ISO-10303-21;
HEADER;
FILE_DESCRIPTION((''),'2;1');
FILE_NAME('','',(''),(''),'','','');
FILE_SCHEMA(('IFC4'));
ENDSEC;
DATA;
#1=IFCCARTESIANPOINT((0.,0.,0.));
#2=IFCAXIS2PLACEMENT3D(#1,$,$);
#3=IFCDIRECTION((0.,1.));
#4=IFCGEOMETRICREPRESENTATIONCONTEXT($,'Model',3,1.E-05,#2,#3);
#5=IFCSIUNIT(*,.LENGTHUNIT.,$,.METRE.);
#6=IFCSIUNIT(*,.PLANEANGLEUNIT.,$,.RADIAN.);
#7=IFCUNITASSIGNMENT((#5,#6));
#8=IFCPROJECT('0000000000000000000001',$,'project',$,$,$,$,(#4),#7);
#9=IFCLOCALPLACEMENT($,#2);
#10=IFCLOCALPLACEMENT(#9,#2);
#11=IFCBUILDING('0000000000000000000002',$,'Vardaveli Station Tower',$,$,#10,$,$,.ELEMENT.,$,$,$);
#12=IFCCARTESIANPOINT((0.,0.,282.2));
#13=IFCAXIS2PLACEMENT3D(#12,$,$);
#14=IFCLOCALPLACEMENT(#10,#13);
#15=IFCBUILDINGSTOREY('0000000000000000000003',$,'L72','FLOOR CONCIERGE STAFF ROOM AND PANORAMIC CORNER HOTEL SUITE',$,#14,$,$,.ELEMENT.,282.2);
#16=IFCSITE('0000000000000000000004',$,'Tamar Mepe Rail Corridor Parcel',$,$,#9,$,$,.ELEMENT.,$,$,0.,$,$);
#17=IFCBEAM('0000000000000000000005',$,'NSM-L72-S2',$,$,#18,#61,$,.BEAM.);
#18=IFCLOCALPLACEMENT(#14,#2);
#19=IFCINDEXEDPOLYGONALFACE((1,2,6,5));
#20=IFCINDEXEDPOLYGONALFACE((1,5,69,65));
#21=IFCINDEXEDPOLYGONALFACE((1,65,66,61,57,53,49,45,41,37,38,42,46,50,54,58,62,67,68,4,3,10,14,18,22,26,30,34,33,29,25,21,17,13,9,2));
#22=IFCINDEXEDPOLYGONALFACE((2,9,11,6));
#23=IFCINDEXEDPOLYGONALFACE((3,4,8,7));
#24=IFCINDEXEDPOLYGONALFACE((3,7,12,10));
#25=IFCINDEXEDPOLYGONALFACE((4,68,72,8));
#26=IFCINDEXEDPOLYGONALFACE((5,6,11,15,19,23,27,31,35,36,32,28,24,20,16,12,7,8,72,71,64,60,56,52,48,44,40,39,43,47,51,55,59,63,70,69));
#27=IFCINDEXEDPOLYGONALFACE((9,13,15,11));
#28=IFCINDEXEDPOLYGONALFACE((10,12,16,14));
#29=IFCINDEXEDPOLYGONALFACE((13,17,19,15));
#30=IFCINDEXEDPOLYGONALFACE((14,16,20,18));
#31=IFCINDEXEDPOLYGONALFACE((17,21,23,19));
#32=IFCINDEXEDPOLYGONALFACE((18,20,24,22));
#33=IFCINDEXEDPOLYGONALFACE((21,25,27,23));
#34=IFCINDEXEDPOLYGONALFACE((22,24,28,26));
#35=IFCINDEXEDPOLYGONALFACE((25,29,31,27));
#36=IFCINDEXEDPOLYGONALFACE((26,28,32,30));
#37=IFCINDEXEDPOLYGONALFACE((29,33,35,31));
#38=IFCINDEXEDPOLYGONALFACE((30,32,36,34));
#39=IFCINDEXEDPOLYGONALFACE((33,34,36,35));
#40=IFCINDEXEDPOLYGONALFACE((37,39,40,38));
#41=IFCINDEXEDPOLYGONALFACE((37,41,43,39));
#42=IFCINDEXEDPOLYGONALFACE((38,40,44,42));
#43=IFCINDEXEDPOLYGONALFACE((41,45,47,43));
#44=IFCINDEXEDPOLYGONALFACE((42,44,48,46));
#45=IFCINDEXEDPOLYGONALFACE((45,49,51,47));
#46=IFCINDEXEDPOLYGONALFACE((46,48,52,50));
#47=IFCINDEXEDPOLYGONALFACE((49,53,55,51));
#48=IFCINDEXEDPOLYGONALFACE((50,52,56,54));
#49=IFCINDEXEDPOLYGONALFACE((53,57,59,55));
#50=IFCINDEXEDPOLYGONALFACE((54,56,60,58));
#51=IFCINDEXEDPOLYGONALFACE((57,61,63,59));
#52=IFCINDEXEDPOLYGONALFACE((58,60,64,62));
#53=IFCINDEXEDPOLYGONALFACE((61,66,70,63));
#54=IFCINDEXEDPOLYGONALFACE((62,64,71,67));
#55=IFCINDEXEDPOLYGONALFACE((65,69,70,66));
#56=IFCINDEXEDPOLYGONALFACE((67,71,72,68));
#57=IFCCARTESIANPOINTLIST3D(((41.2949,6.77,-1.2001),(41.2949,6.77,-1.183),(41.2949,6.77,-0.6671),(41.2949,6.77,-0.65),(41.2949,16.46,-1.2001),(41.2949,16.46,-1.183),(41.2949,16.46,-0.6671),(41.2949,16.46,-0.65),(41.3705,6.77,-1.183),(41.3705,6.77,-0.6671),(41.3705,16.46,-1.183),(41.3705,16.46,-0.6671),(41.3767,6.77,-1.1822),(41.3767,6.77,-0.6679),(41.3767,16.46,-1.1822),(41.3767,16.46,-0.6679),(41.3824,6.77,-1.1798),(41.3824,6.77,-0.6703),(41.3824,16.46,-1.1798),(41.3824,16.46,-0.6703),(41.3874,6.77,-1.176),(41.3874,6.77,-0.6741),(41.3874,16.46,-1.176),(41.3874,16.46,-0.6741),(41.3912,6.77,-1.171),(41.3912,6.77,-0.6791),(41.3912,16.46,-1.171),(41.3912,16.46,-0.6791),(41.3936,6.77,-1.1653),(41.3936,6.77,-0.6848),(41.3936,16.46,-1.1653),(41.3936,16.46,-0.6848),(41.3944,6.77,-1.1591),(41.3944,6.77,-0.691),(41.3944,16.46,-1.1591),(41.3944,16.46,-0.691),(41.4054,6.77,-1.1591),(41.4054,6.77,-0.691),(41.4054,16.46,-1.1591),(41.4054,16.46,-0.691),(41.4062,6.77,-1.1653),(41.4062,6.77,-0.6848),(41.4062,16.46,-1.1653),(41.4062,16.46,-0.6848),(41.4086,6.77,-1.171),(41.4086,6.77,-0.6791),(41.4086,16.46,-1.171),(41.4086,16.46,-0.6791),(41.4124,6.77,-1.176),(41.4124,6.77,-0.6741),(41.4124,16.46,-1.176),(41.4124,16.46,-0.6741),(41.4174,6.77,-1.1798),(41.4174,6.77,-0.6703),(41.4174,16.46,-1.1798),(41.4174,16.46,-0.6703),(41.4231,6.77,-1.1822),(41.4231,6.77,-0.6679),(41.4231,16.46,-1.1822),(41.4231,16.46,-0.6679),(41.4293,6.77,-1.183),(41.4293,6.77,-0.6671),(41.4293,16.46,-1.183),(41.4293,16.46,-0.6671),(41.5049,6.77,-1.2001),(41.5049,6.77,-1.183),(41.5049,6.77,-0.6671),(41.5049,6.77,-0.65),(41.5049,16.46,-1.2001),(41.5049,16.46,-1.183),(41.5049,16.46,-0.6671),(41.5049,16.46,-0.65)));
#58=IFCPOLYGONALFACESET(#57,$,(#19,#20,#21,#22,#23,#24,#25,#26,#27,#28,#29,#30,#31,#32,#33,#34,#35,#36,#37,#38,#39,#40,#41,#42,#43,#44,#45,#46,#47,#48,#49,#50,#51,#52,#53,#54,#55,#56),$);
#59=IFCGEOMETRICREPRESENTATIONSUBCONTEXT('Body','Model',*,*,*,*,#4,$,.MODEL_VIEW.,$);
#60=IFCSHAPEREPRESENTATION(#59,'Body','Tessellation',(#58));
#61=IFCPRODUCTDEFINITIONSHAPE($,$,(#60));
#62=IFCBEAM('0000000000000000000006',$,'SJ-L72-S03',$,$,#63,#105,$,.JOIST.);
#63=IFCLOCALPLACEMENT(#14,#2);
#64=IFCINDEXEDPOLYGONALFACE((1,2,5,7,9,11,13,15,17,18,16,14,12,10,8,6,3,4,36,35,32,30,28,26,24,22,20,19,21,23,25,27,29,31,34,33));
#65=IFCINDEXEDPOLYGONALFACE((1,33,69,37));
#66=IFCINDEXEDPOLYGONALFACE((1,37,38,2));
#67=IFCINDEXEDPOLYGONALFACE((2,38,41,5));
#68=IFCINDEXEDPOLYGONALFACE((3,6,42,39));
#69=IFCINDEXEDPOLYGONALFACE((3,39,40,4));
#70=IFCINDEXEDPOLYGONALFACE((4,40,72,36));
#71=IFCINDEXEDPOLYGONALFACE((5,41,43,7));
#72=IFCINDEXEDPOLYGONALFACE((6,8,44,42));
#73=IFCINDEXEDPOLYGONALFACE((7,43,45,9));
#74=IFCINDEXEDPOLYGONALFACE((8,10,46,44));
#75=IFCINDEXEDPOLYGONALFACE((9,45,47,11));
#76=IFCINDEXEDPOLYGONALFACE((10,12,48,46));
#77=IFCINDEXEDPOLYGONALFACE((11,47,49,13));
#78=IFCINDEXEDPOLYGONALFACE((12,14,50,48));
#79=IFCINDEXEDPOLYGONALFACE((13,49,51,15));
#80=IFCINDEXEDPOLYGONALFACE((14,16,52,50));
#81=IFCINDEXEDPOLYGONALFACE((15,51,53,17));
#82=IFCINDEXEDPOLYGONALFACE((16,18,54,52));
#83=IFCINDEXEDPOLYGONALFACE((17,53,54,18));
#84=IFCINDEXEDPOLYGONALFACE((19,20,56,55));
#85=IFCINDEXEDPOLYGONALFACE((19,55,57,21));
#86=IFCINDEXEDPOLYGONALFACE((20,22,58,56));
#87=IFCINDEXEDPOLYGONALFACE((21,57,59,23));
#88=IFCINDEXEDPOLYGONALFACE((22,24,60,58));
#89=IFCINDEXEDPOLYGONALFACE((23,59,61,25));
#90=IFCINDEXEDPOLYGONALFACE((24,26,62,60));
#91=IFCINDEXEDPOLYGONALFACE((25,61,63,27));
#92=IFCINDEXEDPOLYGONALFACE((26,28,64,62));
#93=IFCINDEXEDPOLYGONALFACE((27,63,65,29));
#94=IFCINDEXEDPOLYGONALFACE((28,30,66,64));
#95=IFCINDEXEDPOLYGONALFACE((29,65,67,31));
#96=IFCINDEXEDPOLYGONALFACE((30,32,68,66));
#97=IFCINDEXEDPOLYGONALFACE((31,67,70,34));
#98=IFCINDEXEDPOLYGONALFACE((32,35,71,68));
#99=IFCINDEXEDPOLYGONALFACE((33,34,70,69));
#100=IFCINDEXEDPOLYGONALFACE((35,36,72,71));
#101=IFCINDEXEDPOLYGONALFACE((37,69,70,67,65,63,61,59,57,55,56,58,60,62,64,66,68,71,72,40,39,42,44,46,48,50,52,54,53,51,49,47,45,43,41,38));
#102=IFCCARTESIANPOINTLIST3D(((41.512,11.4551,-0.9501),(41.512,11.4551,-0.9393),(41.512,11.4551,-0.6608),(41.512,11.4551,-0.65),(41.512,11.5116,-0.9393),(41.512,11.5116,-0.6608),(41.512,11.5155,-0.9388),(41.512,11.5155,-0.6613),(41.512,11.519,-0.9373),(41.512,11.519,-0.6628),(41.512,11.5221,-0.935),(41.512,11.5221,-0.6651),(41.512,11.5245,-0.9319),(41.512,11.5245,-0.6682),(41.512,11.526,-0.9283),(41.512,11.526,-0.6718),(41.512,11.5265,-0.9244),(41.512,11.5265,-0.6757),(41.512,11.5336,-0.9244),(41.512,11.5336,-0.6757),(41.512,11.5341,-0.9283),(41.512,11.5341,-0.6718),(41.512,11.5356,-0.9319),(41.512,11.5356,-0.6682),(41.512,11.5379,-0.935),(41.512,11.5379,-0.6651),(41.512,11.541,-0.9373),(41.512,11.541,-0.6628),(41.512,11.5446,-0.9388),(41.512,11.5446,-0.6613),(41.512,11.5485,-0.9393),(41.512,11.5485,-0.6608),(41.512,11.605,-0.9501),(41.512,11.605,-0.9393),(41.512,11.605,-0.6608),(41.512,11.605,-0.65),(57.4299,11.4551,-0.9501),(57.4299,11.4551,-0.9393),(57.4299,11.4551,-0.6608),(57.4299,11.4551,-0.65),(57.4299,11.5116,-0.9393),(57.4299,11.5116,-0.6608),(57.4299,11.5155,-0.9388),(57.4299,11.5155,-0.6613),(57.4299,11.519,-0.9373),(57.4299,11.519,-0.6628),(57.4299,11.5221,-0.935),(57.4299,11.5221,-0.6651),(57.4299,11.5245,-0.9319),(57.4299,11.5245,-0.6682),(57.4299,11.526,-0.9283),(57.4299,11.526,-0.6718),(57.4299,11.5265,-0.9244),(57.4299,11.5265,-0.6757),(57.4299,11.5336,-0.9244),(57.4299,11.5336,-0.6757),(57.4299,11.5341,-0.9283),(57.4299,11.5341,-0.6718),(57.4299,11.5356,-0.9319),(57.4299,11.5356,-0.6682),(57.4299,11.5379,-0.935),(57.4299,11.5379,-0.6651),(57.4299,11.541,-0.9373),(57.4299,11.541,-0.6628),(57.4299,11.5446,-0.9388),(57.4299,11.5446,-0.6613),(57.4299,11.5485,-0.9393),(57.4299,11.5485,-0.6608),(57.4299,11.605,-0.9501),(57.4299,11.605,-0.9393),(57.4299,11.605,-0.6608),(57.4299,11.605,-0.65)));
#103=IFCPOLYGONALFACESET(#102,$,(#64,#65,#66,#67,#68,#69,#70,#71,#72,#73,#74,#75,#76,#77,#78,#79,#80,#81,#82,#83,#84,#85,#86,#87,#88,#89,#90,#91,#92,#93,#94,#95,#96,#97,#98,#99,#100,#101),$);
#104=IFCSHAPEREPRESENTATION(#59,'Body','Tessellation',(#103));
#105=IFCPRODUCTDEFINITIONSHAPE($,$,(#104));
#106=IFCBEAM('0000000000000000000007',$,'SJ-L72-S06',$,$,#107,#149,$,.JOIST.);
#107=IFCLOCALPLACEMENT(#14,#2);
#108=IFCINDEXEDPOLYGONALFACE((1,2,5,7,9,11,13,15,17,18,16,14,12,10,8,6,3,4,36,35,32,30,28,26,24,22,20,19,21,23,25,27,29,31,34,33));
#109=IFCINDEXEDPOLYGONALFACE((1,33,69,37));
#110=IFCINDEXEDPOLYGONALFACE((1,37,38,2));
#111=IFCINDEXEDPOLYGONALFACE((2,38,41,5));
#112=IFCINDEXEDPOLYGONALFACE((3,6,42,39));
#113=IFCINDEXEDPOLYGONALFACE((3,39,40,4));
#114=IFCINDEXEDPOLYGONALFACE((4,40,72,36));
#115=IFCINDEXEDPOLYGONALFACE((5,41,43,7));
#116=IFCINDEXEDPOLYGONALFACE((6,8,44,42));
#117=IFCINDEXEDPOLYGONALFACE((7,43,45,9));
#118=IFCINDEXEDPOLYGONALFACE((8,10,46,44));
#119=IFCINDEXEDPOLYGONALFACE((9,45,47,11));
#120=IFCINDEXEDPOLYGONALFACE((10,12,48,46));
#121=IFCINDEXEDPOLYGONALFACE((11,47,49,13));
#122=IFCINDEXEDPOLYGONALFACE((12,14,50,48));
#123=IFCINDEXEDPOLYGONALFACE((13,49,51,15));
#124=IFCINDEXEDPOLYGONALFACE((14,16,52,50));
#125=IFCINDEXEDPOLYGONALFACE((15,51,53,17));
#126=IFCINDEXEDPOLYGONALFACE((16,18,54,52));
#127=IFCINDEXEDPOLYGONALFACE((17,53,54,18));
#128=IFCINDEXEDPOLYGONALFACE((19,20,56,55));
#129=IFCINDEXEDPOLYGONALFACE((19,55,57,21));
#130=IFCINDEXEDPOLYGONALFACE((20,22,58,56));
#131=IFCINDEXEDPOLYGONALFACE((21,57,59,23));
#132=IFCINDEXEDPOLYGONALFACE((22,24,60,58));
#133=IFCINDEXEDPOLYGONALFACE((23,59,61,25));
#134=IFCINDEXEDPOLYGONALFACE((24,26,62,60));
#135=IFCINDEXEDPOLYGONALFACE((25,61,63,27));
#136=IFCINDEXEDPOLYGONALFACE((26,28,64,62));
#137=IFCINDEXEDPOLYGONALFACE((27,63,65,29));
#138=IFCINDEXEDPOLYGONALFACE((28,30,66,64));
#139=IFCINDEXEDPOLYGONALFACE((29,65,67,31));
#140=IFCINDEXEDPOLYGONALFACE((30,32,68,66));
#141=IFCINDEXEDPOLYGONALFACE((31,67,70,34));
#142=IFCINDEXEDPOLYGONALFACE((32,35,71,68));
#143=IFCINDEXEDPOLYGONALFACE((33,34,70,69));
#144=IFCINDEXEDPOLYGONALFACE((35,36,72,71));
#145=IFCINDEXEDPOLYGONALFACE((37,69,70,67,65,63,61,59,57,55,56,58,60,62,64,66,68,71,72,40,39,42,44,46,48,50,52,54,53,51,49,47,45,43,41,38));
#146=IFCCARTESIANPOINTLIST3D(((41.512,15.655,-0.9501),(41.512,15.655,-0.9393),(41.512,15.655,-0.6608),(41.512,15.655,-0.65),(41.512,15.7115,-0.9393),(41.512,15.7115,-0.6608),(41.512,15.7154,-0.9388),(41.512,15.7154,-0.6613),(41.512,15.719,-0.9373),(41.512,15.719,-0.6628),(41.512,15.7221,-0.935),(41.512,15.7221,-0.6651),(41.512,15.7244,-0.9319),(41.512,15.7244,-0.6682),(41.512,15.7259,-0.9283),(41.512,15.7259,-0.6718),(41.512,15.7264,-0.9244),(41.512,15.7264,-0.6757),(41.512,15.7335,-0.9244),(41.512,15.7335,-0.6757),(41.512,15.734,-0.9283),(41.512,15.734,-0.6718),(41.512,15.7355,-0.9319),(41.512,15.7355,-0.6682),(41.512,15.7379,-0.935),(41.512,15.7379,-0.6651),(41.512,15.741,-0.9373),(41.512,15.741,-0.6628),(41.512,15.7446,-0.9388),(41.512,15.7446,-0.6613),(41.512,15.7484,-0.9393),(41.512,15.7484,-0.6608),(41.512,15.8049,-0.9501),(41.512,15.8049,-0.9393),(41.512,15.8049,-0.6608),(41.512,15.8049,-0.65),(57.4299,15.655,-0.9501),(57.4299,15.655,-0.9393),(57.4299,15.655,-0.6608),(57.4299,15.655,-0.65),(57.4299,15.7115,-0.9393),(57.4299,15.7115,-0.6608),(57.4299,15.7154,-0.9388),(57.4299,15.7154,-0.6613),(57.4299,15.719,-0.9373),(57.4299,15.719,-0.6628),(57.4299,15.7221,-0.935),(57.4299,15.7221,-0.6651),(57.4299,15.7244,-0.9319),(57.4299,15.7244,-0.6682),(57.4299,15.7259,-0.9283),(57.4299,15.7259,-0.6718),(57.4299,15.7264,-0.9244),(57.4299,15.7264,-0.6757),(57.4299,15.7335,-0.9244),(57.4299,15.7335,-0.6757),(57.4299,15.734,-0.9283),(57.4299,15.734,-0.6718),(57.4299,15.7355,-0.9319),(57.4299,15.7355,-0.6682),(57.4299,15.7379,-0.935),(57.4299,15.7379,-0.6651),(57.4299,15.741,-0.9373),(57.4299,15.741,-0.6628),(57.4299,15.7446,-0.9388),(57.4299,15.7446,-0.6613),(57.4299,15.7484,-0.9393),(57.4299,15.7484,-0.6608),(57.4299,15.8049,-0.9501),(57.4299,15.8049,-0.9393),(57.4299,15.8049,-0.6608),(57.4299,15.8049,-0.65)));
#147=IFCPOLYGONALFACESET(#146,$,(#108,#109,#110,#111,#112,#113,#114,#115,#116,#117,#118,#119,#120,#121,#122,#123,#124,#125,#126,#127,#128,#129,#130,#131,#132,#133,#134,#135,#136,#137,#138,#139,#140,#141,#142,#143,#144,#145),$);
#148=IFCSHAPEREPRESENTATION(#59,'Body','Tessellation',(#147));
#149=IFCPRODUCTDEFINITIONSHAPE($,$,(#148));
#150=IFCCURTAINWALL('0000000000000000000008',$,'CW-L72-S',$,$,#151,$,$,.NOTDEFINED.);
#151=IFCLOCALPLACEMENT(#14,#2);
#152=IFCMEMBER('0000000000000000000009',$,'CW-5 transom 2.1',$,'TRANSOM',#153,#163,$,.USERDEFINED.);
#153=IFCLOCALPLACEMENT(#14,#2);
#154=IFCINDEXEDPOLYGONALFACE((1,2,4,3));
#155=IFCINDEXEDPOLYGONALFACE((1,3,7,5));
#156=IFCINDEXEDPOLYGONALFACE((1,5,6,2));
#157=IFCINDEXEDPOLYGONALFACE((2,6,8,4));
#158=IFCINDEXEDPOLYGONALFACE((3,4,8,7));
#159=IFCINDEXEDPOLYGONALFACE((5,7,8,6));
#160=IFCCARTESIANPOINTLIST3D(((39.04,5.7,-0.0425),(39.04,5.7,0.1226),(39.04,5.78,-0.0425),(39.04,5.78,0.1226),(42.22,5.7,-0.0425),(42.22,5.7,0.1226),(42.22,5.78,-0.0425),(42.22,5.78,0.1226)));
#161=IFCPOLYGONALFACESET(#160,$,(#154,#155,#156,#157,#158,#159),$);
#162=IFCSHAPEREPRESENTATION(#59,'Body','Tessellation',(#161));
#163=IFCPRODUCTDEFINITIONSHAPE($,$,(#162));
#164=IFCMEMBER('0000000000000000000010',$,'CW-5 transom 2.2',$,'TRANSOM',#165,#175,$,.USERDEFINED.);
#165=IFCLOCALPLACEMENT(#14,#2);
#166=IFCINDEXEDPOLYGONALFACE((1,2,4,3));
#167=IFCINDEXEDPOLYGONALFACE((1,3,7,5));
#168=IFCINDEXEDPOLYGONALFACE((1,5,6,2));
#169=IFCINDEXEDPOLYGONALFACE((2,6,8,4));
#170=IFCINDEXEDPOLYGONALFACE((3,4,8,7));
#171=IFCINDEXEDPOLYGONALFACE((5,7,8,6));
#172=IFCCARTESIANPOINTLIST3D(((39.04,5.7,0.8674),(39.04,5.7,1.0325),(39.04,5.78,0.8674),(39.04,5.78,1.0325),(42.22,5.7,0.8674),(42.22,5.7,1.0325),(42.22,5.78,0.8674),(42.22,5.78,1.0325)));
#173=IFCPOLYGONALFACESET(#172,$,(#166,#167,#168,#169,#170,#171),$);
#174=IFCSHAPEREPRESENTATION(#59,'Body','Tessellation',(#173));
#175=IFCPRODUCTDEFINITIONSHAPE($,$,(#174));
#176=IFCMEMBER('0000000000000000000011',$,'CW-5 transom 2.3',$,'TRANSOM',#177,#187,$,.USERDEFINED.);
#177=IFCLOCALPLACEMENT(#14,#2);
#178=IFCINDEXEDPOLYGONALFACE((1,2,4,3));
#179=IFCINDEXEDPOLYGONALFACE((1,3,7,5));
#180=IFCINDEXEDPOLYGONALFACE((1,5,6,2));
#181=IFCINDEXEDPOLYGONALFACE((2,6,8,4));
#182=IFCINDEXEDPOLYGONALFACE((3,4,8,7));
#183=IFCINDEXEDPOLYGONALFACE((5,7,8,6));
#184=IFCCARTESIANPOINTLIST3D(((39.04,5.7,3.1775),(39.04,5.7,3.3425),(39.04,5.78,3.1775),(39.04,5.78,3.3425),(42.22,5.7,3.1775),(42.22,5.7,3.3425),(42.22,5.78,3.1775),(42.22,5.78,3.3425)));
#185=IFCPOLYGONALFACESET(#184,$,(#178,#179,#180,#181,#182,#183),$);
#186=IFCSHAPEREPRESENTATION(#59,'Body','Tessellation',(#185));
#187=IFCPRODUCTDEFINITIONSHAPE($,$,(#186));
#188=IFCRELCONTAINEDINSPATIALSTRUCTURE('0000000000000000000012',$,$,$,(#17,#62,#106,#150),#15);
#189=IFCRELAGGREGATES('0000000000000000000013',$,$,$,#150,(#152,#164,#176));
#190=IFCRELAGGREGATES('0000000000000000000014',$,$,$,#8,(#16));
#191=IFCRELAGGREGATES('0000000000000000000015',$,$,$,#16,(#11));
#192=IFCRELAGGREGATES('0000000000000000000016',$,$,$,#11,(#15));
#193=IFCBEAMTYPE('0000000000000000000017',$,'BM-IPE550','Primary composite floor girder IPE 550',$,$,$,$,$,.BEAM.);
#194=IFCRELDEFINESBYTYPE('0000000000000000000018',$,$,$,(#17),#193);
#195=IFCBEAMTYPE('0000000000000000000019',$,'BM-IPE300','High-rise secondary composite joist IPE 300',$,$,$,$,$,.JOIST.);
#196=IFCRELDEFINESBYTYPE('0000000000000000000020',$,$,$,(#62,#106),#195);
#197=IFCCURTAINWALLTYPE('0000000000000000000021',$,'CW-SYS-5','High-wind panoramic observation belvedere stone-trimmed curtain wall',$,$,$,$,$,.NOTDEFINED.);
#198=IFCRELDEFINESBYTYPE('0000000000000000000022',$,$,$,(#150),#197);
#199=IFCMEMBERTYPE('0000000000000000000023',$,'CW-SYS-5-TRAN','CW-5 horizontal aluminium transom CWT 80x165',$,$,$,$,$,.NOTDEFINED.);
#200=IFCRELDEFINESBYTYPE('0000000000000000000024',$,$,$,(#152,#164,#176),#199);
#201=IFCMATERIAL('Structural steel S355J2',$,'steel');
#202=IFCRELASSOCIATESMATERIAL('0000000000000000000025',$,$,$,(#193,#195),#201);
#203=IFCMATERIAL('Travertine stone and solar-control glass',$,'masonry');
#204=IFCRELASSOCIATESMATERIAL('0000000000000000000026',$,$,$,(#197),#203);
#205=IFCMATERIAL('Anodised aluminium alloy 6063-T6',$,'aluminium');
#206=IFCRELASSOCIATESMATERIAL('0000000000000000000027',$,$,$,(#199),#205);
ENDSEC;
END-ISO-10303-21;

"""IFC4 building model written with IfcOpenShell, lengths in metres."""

from ifc_helpers import new_model, si_unit, direction, frame, origin, origin_2d, place, context, subcontext, project, spatial, rectangle, i_section, extrude, source, transform, mapped, material, material_profile, profile_set, type_object, element, aggregate, save


model = new_model("IFC4")

# Units and contexts
model_context = context("Model", 3, precision=1e-05, world=origin(), true_north=direction((0.0, 1.0)))
body_context = subcontext(model_context, "Body", "Model", "MODEL_VIEW")
ifc_project = project(units=[si_unit("LENGTHUNIT", "METRE"), si_unit("PLANEANGLEUNIT", "RADIAN")], contexts=[model_context])

# Site, building, storey
site_placement = place(None, origin())
site = spatial("IfcSite", under=ifc_project, at=site_placement, Name="Tamar Mepe Rail Corridor Parcel", CompositionType="ELEMENT", RefElevation=0.0)
building_placement = place(site_placement, origin())
building = spatial("IfcBuilding", under=site, at=building_placement, Name="Vardaveli Station Tower", CompositionType="ELEMENT")
storey_placement = place(building_placement, frame((0.0, 0.0, 282.2)))
storey = spatial("IfcBuildingStorey", under=building, at=storey_placement, Name="L72", Description="FLOOR CONCIERGE STAFF ROOM AND PANORAMIC CORNER HOTEL SUITE", CompositionType="ELEMENT", Elevation=282.2)

# Beams
ifc_material_1 = material(Name="Structural steel S355J2", Category="steel")
ifc_material_profile_1 = material_profile(ifc_material_1, i_section(OverallWidth=0.21, OverallDepth=0.55, WebThickness=0.011, FlangeThickness=0.0171, FilletRadius=0.0239, at=origin_2d()), Name="IPE 550")
ifc_profile_set_1 = profile_set([ifc_material_profile_1], Name="Structural steel S355J2")
beam_type_1 = type_object("IfcBeamType", Name="BM-IPE550", Description="Primary composite floor girder IPE 550", PredefinedType="BEAM", material=ifc_profile_set_1)
shared_shape_1 = source(origin(), body_context, "Body", "SweptSolid", [
    extrude(i_section(OverallWidth=0.21, OverallDepth=0.55, WebThickness=0.011, FlangeThickness=0.0171, FilletRadius=0.0239, at=origin_2d()), origin(), (0.0, 0.0, 1.0), 9.6899),
])
beam_1_placement = place(storey_placement, frame((41.3999, 6.77, -0.925), z_axis=(0.0, 1.0, 0.0), x_axis=(-1.0, 0.0, 0.0)))
element("IfcBeam", 1, at=beam_1_placement, inside=storey, type_object=beam_type_1, Name="NSM-L72-S2", PredefinedType="BEAM", context=body_context, shape_type="MappedRepresentation", body=[
    mapped(shared_shape_1, transform((0.0, 0.0, 0.0), scale=1.0)),
])
ifc_material_profile_2 = material_profile(ifc_material_1, i_section(OverallWidth=0.1499, OverallDepth=0.3, WebThickness=0.0071, FlangeThickness=0.0107, FilletRadius=0.0149, at=origin_2d()), Name="IPE 300")
ifc_profile_set_2 = profile_set([ifc_material_profile_2], Name="Structural steel S355J2")
beam_type_2 = type_object("IfcBeamType", Name="BM-IPE300", Description="High-rise secondary composite joist IPE 300", PredefinedType="JOIST", material=ifc_profile_set_2)
shared_shape_2 = source(origin(), body_context, "Body", "SweptSolid", [
    extrude(i_section(OverallWidth=0.1499, OverallDepth=0.3, WebThickness=0.0071, FlangeThickness=0.0107, FilletRadius=0.0149, at=origin_2d()), origin(), (0.0, 0.0, 1.0), 15.918),
])
for number, where, z_axis, x_axis, name in (
    (2, (41.512, 11.53, -0.8), (1.0, 0.0, 0.0), (0.0, 1.0, 0.0), "SJ-L72-S03"),
    (3, (41.512, 15.73, -0.8), (1.0, 0.0, 0.0), (0.0, 1.0, 0.0), "SJ-L72-S06"),
):
    element("IfcBeam", number, at=place(storey_placement, frame(where, z_axis=z_axis, x_axis=x_axis)), inside=storey, type_object=beam_type_2, Name=name, PredefinedType="JOIST", context=body_context, shape_type="MappedRepresentation", body=[
        mapped(shared_shape_2, transform((0.0, 0.0, 0.0), scale=1.0)),
    ])

# Curtain wall, members
ifc_material_2 = material(Name="Travertine stone and solar-control glass", Category="masonry")
curtain_wall_type = type_object("IfcCurtainWallType", Name="CW-SYS-5", Description="High-wind panoramic observation belvedere stone-trimmed curtain wall", PredefinedType="NOTDEFINED", material=ifc_material_2)
curtain_wall_placement = place(storey_placement, origin())
curtain_wall = element("IfcCurtainWall", 4, at=curtain_wall_placement, inside=storey, type_object=curtain_wall_type, Name="CW-L72-S", PredefinedType="NOTDEFINED")
ifc_material_3 = material(Name="Anodised aluminium alloy 6063-T6", Category="aluminium")
ifc_material_profile_3 = material_profile(ifc_material_3, rectangle(XDim=0.0801, YDim=0.165, at=origin_2d()), Name="CWT 80x165")
ifc_profile_set_3 = profile_set([ifc_material_profile_3], Name="Anodised aluminium alloy 6063-T6")
member_type_1 = type_object("IfcMemberType", Name="CW-SYS-5-TRAN", Description="CW-5 horizontal aluminium transom CWT 80x165", PredefinedType="NOTDEFINED", material=ifc_profile_set_3)
shared_shape_3 = source(origin(), body_context, "Body", "SweptSolid", [
    extrude(rectangle(XDim=0.0801, YDim=0.165, at=origin_2d()), origin(), (0.0, 0.0, 1.0), 3.1799),
])
member_1_placement = place(storey_placement, frame((39.04, 5.74, 0.04), z_axis=(1.0, 0.0, 0.0), x_axis=(0.0, 1.0, 0.0)))
member_1 = element("IfcMember", 5, at=member_1_placement, type_object=member_type_1, Name="CW-5 transom 2.1", ObjectType="TRANSOM", PredefinedType="USERDEFINED", context=body_context, shape_type="MappedRepresentation", body=[
    mapped(shared_shape_3, transform((0.0, 0.0, 0.0), scale=1.0)),
])
member_2_placement = place(storey_placement, frame((39.04, 5.74, 0.95), z_axis=(1.0, 0.0, 0.0), x_axis=(0.0, 1.0, 0.0)))
member_2 = element("IfcMember", 6, at=member_2_placement, type_object=member_type_1, Name="CW-5 transom 2.2", ObjectType="TRANSOM", PredefinedType="USERDEFINED", context=body_context, shape_type="MappedRepresentation", body=[
    mapped(shared_shape_3, transform((0.0, 0.0, 0.0), scale=1.0)),
])
member_3_placement = place(storey_placement, frame((39.04, 5.74, 3.26), z_axis=(1.0, 0.0, 0.0), x_axis=(0.0, 1.0, 0.0)))
member_3 = element("IfcMember", 7, at=member_3_placement, type_object=member_type_1, Name="CW-5 transom 2.3", ObjectType="TRANSOM", PredefinedType="USERDEFINED", context=body_context, shape_type="MappedRepresentation", body=[
    mapped(shared_shape_3, transform((0.0, 0.0, 0.0), scale=1.0)),
])
aggregate(curtain_wall, [member_1, member_2, member_3])

save(model, "model.ifc")
